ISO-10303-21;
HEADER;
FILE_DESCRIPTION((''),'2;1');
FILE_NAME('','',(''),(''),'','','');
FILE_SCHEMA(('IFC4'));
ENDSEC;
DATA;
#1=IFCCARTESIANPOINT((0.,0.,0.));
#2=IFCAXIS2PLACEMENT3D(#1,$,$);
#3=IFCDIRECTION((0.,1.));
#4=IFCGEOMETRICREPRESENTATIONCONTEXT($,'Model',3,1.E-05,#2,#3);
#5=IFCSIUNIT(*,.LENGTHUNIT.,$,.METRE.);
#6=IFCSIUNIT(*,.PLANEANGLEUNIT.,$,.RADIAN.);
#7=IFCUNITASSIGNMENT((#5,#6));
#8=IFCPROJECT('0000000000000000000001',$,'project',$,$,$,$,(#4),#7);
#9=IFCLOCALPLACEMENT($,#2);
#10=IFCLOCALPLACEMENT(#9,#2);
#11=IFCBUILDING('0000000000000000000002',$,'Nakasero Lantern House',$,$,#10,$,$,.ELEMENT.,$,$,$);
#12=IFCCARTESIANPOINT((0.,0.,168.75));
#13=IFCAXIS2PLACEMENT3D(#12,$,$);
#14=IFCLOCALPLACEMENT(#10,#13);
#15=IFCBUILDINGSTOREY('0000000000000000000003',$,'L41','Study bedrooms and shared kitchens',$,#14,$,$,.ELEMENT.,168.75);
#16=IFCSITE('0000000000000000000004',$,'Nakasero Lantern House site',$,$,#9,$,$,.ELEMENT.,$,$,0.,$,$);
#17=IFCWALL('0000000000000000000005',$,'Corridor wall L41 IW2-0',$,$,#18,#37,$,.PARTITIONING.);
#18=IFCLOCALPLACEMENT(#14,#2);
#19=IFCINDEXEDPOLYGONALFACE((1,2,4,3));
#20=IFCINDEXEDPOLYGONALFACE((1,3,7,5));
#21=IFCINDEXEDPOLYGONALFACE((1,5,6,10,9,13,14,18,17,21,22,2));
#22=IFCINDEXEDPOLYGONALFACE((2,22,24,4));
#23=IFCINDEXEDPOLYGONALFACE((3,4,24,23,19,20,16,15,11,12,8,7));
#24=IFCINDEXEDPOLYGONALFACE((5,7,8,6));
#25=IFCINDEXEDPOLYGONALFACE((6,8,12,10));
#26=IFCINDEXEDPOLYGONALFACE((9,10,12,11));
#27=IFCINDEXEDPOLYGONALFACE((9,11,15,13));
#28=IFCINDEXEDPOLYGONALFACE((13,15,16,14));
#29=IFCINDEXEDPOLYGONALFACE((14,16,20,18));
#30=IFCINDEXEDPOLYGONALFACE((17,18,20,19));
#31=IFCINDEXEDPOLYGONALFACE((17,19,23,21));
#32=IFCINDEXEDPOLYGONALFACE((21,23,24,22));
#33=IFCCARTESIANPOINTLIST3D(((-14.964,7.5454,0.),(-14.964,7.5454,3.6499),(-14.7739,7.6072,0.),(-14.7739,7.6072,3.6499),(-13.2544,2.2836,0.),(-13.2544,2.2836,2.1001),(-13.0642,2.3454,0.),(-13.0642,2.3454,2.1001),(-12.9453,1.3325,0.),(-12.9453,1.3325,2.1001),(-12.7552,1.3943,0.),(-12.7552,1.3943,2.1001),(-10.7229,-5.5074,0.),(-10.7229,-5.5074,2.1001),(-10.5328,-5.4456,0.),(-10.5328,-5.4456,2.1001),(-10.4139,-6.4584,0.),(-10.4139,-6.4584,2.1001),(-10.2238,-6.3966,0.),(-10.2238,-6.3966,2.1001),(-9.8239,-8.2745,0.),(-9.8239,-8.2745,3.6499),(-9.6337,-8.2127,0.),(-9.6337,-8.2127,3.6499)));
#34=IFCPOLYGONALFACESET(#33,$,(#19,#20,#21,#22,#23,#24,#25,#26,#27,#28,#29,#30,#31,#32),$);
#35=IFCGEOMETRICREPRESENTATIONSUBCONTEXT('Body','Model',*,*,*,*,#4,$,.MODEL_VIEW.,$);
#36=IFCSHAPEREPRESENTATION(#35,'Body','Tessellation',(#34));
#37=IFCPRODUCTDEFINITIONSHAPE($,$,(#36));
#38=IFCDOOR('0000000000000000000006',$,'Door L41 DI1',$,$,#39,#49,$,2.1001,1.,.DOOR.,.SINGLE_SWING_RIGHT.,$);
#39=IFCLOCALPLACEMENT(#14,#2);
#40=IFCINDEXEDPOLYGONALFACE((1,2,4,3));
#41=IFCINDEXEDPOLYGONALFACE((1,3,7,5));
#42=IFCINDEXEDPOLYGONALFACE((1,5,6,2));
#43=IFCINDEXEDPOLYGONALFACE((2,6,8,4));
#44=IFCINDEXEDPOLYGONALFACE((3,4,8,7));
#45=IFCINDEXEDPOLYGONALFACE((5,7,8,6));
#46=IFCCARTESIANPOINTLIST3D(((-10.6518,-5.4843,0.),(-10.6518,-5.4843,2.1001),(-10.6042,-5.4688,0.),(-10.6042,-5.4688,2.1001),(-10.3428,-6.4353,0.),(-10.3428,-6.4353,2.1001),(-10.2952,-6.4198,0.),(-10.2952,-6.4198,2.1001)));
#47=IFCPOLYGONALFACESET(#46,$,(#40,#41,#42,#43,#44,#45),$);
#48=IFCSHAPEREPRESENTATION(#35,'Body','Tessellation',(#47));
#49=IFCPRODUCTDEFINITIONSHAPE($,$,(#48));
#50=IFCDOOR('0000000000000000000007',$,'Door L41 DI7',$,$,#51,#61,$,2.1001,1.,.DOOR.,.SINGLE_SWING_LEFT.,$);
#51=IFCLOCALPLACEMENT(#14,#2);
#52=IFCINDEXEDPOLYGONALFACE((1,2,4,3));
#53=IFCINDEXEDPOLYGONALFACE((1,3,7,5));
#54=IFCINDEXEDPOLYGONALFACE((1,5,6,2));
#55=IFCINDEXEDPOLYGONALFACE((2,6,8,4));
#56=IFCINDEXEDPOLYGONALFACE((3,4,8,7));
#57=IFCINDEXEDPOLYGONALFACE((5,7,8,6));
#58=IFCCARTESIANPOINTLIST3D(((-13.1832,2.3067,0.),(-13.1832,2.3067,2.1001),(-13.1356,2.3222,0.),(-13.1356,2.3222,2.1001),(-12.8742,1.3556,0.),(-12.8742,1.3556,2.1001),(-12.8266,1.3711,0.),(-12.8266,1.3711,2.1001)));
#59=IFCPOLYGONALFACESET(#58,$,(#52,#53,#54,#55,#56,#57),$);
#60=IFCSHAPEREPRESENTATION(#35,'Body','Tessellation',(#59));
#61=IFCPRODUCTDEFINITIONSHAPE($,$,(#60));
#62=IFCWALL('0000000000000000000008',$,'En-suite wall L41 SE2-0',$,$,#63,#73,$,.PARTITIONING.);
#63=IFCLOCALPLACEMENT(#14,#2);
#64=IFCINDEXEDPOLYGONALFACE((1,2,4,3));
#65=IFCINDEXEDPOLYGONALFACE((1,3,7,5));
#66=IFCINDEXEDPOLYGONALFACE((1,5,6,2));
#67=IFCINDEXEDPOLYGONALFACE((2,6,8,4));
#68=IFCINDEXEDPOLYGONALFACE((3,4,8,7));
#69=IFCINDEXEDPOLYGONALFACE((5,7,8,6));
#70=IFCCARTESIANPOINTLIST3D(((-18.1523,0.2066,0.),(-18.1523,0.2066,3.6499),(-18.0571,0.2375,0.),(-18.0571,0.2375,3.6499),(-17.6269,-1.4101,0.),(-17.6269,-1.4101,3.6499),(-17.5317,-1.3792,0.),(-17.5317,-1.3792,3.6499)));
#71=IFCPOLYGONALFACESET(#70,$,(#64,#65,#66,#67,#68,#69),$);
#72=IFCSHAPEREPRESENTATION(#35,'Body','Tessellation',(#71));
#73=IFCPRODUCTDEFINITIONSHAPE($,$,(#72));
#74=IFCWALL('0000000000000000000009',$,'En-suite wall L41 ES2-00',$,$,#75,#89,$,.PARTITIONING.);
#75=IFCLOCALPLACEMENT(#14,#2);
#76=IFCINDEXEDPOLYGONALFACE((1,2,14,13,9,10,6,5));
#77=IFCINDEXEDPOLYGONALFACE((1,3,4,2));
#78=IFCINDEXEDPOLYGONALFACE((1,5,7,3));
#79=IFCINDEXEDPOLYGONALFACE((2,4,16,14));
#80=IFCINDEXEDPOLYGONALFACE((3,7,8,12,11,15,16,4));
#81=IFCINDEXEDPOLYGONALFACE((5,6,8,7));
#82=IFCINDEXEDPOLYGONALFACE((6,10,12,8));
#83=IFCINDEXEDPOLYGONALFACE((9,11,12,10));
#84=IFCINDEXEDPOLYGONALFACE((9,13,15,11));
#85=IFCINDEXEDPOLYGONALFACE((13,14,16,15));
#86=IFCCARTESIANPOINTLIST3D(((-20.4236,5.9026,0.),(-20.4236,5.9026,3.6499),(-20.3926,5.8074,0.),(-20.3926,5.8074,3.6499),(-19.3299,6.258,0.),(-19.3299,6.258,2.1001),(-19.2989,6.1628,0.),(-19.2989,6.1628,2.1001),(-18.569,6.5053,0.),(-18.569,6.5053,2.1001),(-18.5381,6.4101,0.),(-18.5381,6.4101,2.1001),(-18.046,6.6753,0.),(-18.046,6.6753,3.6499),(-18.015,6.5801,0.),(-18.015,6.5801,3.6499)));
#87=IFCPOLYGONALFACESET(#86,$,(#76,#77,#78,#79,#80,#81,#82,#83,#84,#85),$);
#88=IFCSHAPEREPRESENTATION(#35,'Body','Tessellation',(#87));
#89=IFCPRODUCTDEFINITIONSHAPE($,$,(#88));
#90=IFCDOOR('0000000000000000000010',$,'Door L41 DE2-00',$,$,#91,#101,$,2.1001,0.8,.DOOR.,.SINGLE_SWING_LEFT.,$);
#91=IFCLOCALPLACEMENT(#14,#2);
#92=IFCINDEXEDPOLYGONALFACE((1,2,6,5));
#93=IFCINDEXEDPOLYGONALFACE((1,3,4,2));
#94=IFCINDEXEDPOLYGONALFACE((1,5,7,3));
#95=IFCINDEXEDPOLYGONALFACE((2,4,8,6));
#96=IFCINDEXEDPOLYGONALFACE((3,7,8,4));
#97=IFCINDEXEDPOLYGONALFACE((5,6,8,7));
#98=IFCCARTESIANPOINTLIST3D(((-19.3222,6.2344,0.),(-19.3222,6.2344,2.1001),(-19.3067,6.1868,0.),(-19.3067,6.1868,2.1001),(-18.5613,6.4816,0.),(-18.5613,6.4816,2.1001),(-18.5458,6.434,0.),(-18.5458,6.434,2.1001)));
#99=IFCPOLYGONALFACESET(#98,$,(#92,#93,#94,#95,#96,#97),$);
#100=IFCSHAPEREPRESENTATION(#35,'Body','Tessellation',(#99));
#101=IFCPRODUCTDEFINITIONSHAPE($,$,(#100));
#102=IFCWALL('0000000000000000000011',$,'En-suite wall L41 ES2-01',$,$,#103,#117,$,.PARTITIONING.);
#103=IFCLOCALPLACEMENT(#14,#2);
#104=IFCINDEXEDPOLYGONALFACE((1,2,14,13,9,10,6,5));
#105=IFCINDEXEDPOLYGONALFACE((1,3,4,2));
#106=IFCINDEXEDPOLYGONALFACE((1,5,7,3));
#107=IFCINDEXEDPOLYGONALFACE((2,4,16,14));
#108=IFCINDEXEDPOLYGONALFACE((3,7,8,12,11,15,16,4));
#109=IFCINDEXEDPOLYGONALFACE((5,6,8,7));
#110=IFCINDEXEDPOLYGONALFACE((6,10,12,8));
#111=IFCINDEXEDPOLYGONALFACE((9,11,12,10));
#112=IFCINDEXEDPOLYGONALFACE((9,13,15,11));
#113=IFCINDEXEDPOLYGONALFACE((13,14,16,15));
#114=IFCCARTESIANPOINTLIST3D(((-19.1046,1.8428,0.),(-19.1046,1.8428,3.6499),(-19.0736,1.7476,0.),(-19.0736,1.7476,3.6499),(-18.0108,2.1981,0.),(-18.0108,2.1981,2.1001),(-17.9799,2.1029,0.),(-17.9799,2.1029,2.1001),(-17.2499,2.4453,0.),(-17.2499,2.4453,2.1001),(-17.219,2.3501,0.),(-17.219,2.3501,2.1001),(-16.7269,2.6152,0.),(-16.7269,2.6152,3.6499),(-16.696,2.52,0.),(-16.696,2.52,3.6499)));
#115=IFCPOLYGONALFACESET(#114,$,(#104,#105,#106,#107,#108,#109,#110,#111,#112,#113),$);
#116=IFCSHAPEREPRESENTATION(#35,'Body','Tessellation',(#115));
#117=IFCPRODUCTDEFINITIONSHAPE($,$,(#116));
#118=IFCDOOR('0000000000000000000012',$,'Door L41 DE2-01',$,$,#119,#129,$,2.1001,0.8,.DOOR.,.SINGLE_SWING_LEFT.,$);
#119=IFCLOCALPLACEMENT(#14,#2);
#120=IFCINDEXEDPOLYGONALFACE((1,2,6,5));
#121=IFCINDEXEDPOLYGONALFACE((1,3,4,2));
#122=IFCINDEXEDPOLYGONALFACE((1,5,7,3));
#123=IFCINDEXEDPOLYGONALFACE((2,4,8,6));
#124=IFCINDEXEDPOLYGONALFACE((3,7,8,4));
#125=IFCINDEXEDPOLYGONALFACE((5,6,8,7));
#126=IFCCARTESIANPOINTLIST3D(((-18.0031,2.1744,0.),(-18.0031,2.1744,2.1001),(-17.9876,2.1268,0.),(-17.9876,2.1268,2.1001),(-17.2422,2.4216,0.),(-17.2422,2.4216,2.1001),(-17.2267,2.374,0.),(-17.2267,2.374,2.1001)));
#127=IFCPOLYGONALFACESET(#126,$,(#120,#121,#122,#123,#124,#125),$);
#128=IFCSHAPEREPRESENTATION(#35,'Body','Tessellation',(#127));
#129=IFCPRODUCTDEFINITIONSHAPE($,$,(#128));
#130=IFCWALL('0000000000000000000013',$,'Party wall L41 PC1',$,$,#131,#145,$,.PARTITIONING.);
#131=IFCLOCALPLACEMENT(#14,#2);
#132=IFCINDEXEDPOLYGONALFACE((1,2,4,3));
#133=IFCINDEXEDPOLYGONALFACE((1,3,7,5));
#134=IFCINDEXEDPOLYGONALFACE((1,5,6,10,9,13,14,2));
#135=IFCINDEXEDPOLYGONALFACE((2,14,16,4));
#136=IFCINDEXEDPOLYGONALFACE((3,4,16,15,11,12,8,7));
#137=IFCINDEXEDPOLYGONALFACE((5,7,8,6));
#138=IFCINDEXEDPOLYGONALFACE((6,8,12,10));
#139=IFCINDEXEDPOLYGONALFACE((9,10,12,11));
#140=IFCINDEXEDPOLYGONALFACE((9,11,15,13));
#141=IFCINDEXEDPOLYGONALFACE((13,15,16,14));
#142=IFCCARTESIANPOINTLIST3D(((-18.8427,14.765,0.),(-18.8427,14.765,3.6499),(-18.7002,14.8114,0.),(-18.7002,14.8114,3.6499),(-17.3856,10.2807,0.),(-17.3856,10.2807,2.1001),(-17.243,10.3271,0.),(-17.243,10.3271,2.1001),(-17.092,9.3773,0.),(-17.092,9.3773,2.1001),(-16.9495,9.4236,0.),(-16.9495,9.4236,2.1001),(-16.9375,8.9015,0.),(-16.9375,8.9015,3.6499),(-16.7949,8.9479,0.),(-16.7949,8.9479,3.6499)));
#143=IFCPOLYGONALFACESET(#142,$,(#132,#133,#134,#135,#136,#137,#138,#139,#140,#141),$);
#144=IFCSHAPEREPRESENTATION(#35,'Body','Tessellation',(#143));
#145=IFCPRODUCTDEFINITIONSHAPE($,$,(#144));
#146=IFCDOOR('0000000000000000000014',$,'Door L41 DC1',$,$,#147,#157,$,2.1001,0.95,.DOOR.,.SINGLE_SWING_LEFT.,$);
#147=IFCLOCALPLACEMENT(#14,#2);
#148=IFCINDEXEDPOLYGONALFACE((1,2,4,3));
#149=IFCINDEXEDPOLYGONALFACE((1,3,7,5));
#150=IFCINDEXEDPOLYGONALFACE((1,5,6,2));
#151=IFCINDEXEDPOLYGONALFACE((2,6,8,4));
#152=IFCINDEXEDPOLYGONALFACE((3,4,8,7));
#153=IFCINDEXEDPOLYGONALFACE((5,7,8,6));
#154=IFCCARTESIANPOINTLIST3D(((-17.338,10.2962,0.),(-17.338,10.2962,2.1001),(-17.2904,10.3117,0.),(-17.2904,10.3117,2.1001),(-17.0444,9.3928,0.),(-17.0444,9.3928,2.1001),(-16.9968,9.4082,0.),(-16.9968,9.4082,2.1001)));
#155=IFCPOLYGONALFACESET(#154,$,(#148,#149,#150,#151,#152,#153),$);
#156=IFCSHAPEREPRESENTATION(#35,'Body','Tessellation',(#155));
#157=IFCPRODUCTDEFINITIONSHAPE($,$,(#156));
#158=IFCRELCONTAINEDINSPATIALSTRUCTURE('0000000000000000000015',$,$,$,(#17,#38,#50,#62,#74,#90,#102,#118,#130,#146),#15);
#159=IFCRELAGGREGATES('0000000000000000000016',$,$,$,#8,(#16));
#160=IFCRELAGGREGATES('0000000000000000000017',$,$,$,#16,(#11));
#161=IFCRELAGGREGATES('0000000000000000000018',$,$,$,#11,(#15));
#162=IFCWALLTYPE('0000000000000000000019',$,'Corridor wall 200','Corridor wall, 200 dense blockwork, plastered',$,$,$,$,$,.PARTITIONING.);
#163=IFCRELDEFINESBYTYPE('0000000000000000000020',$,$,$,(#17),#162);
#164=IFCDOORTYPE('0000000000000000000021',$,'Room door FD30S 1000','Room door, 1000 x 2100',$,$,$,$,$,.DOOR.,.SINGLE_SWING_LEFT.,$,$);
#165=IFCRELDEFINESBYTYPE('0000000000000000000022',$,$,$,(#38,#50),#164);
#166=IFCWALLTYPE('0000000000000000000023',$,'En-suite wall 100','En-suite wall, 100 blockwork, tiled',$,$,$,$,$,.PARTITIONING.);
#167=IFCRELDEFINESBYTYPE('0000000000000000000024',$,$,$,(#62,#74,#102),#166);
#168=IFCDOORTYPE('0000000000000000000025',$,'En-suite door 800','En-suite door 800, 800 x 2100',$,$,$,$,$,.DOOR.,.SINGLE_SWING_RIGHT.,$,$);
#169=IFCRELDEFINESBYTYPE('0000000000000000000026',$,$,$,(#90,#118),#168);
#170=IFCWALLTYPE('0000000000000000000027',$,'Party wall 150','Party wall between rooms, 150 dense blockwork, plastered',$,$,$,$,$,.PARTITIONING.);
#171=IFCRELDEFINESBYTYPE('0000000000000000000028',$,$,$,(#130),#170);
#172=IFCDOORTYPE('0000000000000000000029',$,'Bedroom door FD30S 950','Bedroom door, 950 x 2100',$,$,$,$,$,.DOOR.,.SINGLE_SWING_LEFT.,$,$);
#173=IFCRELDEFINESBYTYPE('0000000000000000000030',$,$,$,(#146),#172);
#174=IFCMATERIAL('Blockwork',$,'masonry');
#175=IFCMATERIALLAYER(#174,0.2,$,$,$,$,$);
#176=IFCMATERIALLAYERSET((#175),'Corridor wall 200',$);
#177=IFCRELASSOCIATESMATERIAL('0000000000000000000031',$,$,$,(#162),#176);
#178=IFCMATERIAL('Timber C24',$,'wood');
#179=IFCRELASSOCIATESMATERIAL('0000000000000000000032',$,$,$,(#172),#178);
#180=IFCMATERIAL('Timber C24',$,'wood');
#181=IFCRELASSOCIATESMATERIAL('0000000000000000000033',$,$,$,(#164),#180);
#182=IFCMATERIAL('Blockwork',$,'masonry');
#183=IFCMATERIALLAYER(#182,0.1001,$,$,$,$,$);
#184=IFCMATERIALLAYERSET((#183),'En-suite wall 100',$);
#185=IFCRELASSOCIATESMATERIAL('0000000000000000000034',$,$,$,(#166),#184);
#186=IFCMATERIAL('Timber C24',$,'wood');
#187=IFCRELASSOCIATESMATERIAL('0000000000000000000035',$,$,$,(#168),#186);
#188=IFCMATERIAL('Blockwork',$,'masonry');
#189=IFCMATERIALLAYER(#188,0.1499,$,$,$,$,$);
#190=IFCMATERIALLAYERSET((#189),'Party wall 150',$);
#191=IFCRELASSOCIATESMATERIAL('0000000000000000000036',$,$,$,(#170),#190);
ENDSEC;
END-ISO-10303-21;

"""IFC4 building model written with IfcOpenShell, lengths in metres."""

from ifc_helpers import new_model, si_unit, direction, frame, frame_2d, origin, place, context, subcontext, project, spatial, rectangle, extrude, material, layer, layer_set, type_object, element, fill, save


model = new_model("IFC4")

# Units and contexts
model_context = context("Model", 3, precision=1e-05, world=origin(), true_north=direction((0.0, 1.0)))
body_context = subcontext(model_context, "Body", "Model", "MODEL_VIEW")
ifc_project = project(units=[si_unit("LENGTHUNIT", "METRE"), si_unit("PLANEANGLEUNIT", "RADIAN")], contexts=[model_context])

# Site, building, storey
site_placement = place(None, origin())
site = spatial("IfcSite", under=ifc_project, at=site_placement, Name="Nakasero Lantern House site", CompositionType="ELEMENT", RefElevation=0.0)
building_placement = place(site_placement, origin())
building = spatial("IfcBuilding", under=site, at=building_placement, Name="Nakasero Lantern House", CompositionType="ELEMENT")
storey_placement = place(building_placement, frame((0.0, 0.0, 168.75)))
storey = spatial("IfcBuildingStorey", under=building, at=storey_placement, Name="L41", Description="Study bedrooms and shared kitchens", CompositionType="ELEMENT", Elevation=168.75)

# Wall, openings, doors
ifc_material_1 = material(Name="Blockwork", Category="masonry")
ifc_layer_1 = layer(ifc_material_1, 0.2)
ifc_layer_set_1 = layer_set([ifc_layer_1], Name="Corridor wall 200")
wall_type_1 = type_object("IfcWallType", Name="Corridor wall 200", Description="Corridor wall, 200 dense blockwork, plastered", PredefinedType="PARTITIONING", material=ifc_layer_set_1)
ifc_material_2 = material(Name="Timber C24", Category="wood")
door_type_1 = type_object("IfcDoorType", Name="Bedroom door FD30S 950", Description="Bedroom door, 950 x 2100", OperationType="SINGLE_SWING_LEFT", PredefinedType="DOOR", material=ifc_material_2)
wall_1_placement = place(storey_placement, frame((-14.8689, 7.5762, 0.0), z_axis=(0.0, 0.0, 1.0), x_axis=(0.309015, -0.951057, 0.0)))
wall_1 = element("IfcWall", 1, at=wall_1_placement, inside=storey, type_object=wall_type_1, Name="Corridor wall L41 IW2-0", PredefinedType="PARTITIONING", context=body_context, shape_type="SweptSolid", body=[
    extrude(rectangle(XDim=16.634, YDim=0.2, at=frame_2d((8.3169, 0.0))), origin(), (0.0, 0.0, 1.0), 3.6499),
])
opening_1_placement = place(wall_1_placement, frame((13.7244, 0.0, 0.0)))
opening_1 = element("IfcOpeningElement", 2, at=opening_1_placement, cuts=wall_1, PredefinedType="OPENING", context=body_context, shape_type="SweptSolid", body=[
    extrude(rectangle(XDim=1.0, YDim=2.1001, at=frame_2d((0.5, 1.05))), frame((0.0, 0.1199, 0.0), z_axis=(0.0, -1.0, 0.0), x_axis=(1.0, 0.0, 0.0)), (0.0, 0.0, 1.0), 0.24),
])
opening_2_placement = place(wall_1_placement, frame((5.5325, 0.0, 0.0)))
opening_2 = element("IfcOpeningElement", 3, at=opening_2_placement, cuts=wall_1, PredefinedType="OPENING", context=body_context, shape_type="SweptSolid", body=[
    extrude(rectangle(XDim=1.0, YDim=2.1001, at=frame_2d((0.5, 1.05))), frame((0.0, 0.1199, 0.0), z_axis=(0.0, -1.0, 0.0), x_axis=(1.0, 0.0, 0.0)), (0.0, 0.0, 1.0), 0.24),
])
ifc_material_3 = material(Name="Timber C24", Category="wood")
door_type_2 = type_object("IfcDoorType", Name="Room door FD30S 1000", Description="Room door, 1000 x 2100", OperationType="SINGLE_SWING_LEFT", PredefinedType="DOOR", material=ifc_material_3)
door_1_placement = place(opening_1_placement, origin())
door_1 = element("IfcDoor", 4, at=door_1_placement, inside=storey, type_object=door_type_2, Name="Door L41 DI1", OperationType="SINGLE_SWING_RIGHT", OverallHeight=2.1001, OverallWidth=1.0, PredefinedType="DOOR", context=body_context, shape_type="SweptSolid", body=[
    extrude(rectangle(XDim=1.0, YDim=2.1001, at=frame_2d((0.5, 1.05))), frame((0.0, 0.0249, 0.0), z_axis=(0.0, -1.0, 0.0), x_axis=(1.0, 0.0, 0.0)), (0.0, 0.0, 1.0), 0.05),
])
fill(opening_1, door_1)
door_2_placement = place(opening_2_placement, origin())
door_2 = element("IfcDoor", 5, at=door_2_placement, inside=storey, type_object=door_type_2, Name="Door L41 DI7", OperationType="SINGLE_SWING_LEFT", OverallHeight=2.1001, OverallWidth=1.0, PredefinedType="DOOR", context=body_context, shape_type="SweptSolid", body=[
    extrude(rectangle(XDim=1.0, YDim=2.1001, at=frame_2d((0.5, 1.05))), frame((0.0, 0.0249, 0.0), z_axis=(0.0, -1.0, 0.0), x_axis=(1.0, 0.0, 0.0)), (0.0, 0.0, 1.0), 0.05),
])
fill(opening_2, door_2)

# Wall
ifc_material_4 = material(Name="Blockwork", Category="masonry")
ifc_layer_2 = layer(ifc_material_4, 0.1001)
ifc_layer_set_2 = layer_set([ifc_layer_2], Name="En-suite wall 100")
wall_type_2 = type_object("IfcWallType", Name="En-suite wall 100", Description="En-suite wall, 100 blockwork, tiled", PredefinedType="PARTITIONING", material=ifc_layer_set_2)
wall_2_placement = place(storey_placement, frame((-18.1047, 0.2222, 0.0), z_axis=(0.0, 0.0, 1.0), x_axis=(0.309067, -0.95104, 0.0)))
element("IfcWall", 6, at=wall_2_placement, inside=storey, type_object=wall_type_2, Name="En-suite wall L41 SE2-0", PredefinedType="PARTITIONING", context=body_context, shape_type="SweptSolid", body=[
    extrude(rectangle(XDim=1.7, YDim=0.1001, at=frame_2d((0.8501, 0.0))), origin(), (0.0, 0.0, 1.0), 3.6499),
])

# Walls, openings, doors
wall_3_placement = place(storey_placement, frame((-18.0305, 6.6277, 0.0), z_axis=(0.0, 0.0, 1.0), x_axis=(-0.951039, -0.309071, 0.0)))
wall_3 = element("IfcWall", 7, at=wall_3_placement, inside=storey, type_object=wall_type_2, Name="En-suite wall L41 ES2-00", PredefinedType="PARTITIONING", context=body_context, shape_type="SweptSolid", body=[
    extrude(rectangle(XDim=2.5, YDim=0.1001, at=frame_2d((1.25, 0.0))), origin(), (0.0, 0.0, 1.0), 3.6499),
])
opening_3_placement = place(wall_3_placement, frame((0.55, 0.0, 0.0)))
opening_3 = element("IfcOpeningElement", 8, at=opening_3_placement, cuts=wall_3, PredefinedType="OPENING", context=body_context, shape_type="SweptSolid", body=[
    extrude(rectangle(XDim=0.8, YDim=2.1001, at=frame_2d((0.3999, 1.05))), frame((0.0, 0.0701, 0.0), z_axis=(0.0, -1.0, 0.0), x_axis=(1.0, 0.0, 0.0)), (0.0, 0.0, 1.0), 0.1401),
])
ifc_material_5 = material(Name="Timber C24", Category="wood")
door_type_3 = type_object("IfcDoorType", Name="En-suite door 800", Description="En-suite door 800, 800 x 2100", OperationType="SINGLE_SWING_RIGHT", PredefinedType="DOOR", material=ifc_material_5)
door_3_placement = place(opening_3_placement, origin())
door_3 = element("IfcDoor", 9, at=door_3_placement, inside=storey, type_object=door_type_3, Name="Door L41 DE2-00", OperationType="SINGLE_SWING_LEFT", OverallHeight=2.1001, OverallWidth=0.8, PredefinedType="DOOR", context=body_context, shape_type="SweptSolid", body=[
    extrude(rectangle(XDim=0.8, YDim=2.1001, at=frame_2d((0.3999, 1.05))), frame((0.0, 0.0249, 0.0), z_axis=(0.0, -1.0, 0.0), x_axis=(1.0, 0.0, 0.0)), (0.0, 0.0, 1.0), 0.05),
])
fill(opening_3, door_3)
wall_4_placement = place(storey_placement, frame((-16.7114, 2.5676, 0.0), z_axis=(0.0, 0.0, 1.0), x_axis=(-0.951068, -0.308982, 0.0)))
wall_4 = element("IfcWall", 10, at=wall_4_placement, inside=storey, type_object=wall_type_2, Name="En-suite wall L41 ES2-01", PredefinedType="PARTITIONING", context=body_context, shape_type="SweptSolid", body=[
    extrude(rectangle(XDim=2.5, YDim=0.1001, at=frame_2d((1.25, 0.0))), origin(), (0.0, 0.0, 1.0), 3.6499),
])
opening_4_placement = place(wall_4_placement, frame((0.55, 0.0, 0.0)))
opening_4 = element("IfcOpeningElement", 11, at=opening_4_placement, cuts=wall_4, PredefinedType="OPENING", context=body_context, shape_type="SweptSolid", body=[
    extrude(rectangle(XDim=0.8, YDim=2.1001, at=frame_2d((0.3999, 1.05))), frame((0.0, 0.0701, 0.0), z_axis=(0.0, -1.0, 0.0), x_axis=(1.0, 0.0, 0.0)), (0.0, 0.0, 1.0), 0.1401),
])
door_4_placement = place(opening_4_placement, origin())
door_4 = element("IfcDoor", 12, at=door_4_placement, inside=storey, type_object=door_type_3, Name="Door L41 DE2-01", OperationType="SINGLE_SWING_LEFT", OverallHeight=2.1001, OverallWidth=0.8, PredefinedType="DOOR", context=body_context, shape_type="SweptSolid", body=[
    extrude(rectangle(XDim=0.8, YDim=2.1001, at=frame_2d((0.3999, 1.05))), frame((0.0, 0.0249, 0.0), z_axis=(0.0, -1.0, 0.0), x_axis=(1.0, 0.0, 0.0)), (0.0, 0.0, 1.0), 0.05),
])
fill(opening_4, door_4)
ifc_material_6 = material(Name="Blockwork", Category="masonry")
ifc_layer_3 = layer(ifc_material_6, 0.1499)
ifc_layer_set_3 = layer_set([ifc_layer_3], Name="Party wall 150")
wall_type_3 = type_object("IfcWallType", Name="Party wall 150", Description="Party wall between rooms, 150 dense blockwork, plastered", PredefinedType="PARTITIONING", material=ifc_layer_set_3)
wall_5_placement = place(storey_placement, frame((-16.8662, 8.9248, 0.0), z_axis=(0.0, 0.0, 1.0), x_axis=(-0.309031, 0.951052, 0.0)))
wall_5 = element("IfcWall", 13, at=wall_5_placement, inside=storey, type_object=wall_type_3, Name="Party wall L41 PC1", PredefinedType="PARTITIONING", context=body_context, shape_type="SweptSolid", body=[
    extrude(rectangle(XDim=6.1653, YDim=0.1499, at=frame_2d((3.0825, 0.0))), origin(), (0.0, 0.0, 1.0), 3.6499),
])
opening_5_placement = place(wall_5_placement, frame((0.5, 0.0, 0.0)))
opening_5 = element("IfcOpeningElement", 14, at=opening_5_placement, cuts=wall_5, PredefinedType="OPENING", context=body_context, shape_type="SweptSolid", body=[
    extrude(rectangle(XDim=0.95, YDim=2.1001, at=frame_2d((0.4751, 1.05))), frame((0.0, 0.095, 0.0), z_axis=(0.0, -1.0, 0.0), x_axis=(1.0, 0.0, 0.0)), (0.0, 0.0, 1.0), 0.1899),
])
door_5_placement = place(opening_5_placement, origin())
door_5 = element("IfcDoor", 15, at=door_5_placement, inside=storey, type_object=door_type_1, Name="Door L41 DC1", OperationType="SINGLE_SWING_LEFT", OverallHeight=2.1001, OverallWidth=0.95, PredefinedType="DOOR", context=body_context, shape_type="SweptSolid", body=[
    extrude(rectangle(XDim=0.95, YDim=2.1001, at=frame_2d((0.4751, 1.05))), frame((0.0, 0.0249, 0.0), z_axis=(0.0, -1.0, 0.0), x_axis=(1.0, 0.0, 0.0)), (0.0, 0.0, 1.0), 0.05),
])
fill(opening_5, door_5)

save(model, "model.ifc")
